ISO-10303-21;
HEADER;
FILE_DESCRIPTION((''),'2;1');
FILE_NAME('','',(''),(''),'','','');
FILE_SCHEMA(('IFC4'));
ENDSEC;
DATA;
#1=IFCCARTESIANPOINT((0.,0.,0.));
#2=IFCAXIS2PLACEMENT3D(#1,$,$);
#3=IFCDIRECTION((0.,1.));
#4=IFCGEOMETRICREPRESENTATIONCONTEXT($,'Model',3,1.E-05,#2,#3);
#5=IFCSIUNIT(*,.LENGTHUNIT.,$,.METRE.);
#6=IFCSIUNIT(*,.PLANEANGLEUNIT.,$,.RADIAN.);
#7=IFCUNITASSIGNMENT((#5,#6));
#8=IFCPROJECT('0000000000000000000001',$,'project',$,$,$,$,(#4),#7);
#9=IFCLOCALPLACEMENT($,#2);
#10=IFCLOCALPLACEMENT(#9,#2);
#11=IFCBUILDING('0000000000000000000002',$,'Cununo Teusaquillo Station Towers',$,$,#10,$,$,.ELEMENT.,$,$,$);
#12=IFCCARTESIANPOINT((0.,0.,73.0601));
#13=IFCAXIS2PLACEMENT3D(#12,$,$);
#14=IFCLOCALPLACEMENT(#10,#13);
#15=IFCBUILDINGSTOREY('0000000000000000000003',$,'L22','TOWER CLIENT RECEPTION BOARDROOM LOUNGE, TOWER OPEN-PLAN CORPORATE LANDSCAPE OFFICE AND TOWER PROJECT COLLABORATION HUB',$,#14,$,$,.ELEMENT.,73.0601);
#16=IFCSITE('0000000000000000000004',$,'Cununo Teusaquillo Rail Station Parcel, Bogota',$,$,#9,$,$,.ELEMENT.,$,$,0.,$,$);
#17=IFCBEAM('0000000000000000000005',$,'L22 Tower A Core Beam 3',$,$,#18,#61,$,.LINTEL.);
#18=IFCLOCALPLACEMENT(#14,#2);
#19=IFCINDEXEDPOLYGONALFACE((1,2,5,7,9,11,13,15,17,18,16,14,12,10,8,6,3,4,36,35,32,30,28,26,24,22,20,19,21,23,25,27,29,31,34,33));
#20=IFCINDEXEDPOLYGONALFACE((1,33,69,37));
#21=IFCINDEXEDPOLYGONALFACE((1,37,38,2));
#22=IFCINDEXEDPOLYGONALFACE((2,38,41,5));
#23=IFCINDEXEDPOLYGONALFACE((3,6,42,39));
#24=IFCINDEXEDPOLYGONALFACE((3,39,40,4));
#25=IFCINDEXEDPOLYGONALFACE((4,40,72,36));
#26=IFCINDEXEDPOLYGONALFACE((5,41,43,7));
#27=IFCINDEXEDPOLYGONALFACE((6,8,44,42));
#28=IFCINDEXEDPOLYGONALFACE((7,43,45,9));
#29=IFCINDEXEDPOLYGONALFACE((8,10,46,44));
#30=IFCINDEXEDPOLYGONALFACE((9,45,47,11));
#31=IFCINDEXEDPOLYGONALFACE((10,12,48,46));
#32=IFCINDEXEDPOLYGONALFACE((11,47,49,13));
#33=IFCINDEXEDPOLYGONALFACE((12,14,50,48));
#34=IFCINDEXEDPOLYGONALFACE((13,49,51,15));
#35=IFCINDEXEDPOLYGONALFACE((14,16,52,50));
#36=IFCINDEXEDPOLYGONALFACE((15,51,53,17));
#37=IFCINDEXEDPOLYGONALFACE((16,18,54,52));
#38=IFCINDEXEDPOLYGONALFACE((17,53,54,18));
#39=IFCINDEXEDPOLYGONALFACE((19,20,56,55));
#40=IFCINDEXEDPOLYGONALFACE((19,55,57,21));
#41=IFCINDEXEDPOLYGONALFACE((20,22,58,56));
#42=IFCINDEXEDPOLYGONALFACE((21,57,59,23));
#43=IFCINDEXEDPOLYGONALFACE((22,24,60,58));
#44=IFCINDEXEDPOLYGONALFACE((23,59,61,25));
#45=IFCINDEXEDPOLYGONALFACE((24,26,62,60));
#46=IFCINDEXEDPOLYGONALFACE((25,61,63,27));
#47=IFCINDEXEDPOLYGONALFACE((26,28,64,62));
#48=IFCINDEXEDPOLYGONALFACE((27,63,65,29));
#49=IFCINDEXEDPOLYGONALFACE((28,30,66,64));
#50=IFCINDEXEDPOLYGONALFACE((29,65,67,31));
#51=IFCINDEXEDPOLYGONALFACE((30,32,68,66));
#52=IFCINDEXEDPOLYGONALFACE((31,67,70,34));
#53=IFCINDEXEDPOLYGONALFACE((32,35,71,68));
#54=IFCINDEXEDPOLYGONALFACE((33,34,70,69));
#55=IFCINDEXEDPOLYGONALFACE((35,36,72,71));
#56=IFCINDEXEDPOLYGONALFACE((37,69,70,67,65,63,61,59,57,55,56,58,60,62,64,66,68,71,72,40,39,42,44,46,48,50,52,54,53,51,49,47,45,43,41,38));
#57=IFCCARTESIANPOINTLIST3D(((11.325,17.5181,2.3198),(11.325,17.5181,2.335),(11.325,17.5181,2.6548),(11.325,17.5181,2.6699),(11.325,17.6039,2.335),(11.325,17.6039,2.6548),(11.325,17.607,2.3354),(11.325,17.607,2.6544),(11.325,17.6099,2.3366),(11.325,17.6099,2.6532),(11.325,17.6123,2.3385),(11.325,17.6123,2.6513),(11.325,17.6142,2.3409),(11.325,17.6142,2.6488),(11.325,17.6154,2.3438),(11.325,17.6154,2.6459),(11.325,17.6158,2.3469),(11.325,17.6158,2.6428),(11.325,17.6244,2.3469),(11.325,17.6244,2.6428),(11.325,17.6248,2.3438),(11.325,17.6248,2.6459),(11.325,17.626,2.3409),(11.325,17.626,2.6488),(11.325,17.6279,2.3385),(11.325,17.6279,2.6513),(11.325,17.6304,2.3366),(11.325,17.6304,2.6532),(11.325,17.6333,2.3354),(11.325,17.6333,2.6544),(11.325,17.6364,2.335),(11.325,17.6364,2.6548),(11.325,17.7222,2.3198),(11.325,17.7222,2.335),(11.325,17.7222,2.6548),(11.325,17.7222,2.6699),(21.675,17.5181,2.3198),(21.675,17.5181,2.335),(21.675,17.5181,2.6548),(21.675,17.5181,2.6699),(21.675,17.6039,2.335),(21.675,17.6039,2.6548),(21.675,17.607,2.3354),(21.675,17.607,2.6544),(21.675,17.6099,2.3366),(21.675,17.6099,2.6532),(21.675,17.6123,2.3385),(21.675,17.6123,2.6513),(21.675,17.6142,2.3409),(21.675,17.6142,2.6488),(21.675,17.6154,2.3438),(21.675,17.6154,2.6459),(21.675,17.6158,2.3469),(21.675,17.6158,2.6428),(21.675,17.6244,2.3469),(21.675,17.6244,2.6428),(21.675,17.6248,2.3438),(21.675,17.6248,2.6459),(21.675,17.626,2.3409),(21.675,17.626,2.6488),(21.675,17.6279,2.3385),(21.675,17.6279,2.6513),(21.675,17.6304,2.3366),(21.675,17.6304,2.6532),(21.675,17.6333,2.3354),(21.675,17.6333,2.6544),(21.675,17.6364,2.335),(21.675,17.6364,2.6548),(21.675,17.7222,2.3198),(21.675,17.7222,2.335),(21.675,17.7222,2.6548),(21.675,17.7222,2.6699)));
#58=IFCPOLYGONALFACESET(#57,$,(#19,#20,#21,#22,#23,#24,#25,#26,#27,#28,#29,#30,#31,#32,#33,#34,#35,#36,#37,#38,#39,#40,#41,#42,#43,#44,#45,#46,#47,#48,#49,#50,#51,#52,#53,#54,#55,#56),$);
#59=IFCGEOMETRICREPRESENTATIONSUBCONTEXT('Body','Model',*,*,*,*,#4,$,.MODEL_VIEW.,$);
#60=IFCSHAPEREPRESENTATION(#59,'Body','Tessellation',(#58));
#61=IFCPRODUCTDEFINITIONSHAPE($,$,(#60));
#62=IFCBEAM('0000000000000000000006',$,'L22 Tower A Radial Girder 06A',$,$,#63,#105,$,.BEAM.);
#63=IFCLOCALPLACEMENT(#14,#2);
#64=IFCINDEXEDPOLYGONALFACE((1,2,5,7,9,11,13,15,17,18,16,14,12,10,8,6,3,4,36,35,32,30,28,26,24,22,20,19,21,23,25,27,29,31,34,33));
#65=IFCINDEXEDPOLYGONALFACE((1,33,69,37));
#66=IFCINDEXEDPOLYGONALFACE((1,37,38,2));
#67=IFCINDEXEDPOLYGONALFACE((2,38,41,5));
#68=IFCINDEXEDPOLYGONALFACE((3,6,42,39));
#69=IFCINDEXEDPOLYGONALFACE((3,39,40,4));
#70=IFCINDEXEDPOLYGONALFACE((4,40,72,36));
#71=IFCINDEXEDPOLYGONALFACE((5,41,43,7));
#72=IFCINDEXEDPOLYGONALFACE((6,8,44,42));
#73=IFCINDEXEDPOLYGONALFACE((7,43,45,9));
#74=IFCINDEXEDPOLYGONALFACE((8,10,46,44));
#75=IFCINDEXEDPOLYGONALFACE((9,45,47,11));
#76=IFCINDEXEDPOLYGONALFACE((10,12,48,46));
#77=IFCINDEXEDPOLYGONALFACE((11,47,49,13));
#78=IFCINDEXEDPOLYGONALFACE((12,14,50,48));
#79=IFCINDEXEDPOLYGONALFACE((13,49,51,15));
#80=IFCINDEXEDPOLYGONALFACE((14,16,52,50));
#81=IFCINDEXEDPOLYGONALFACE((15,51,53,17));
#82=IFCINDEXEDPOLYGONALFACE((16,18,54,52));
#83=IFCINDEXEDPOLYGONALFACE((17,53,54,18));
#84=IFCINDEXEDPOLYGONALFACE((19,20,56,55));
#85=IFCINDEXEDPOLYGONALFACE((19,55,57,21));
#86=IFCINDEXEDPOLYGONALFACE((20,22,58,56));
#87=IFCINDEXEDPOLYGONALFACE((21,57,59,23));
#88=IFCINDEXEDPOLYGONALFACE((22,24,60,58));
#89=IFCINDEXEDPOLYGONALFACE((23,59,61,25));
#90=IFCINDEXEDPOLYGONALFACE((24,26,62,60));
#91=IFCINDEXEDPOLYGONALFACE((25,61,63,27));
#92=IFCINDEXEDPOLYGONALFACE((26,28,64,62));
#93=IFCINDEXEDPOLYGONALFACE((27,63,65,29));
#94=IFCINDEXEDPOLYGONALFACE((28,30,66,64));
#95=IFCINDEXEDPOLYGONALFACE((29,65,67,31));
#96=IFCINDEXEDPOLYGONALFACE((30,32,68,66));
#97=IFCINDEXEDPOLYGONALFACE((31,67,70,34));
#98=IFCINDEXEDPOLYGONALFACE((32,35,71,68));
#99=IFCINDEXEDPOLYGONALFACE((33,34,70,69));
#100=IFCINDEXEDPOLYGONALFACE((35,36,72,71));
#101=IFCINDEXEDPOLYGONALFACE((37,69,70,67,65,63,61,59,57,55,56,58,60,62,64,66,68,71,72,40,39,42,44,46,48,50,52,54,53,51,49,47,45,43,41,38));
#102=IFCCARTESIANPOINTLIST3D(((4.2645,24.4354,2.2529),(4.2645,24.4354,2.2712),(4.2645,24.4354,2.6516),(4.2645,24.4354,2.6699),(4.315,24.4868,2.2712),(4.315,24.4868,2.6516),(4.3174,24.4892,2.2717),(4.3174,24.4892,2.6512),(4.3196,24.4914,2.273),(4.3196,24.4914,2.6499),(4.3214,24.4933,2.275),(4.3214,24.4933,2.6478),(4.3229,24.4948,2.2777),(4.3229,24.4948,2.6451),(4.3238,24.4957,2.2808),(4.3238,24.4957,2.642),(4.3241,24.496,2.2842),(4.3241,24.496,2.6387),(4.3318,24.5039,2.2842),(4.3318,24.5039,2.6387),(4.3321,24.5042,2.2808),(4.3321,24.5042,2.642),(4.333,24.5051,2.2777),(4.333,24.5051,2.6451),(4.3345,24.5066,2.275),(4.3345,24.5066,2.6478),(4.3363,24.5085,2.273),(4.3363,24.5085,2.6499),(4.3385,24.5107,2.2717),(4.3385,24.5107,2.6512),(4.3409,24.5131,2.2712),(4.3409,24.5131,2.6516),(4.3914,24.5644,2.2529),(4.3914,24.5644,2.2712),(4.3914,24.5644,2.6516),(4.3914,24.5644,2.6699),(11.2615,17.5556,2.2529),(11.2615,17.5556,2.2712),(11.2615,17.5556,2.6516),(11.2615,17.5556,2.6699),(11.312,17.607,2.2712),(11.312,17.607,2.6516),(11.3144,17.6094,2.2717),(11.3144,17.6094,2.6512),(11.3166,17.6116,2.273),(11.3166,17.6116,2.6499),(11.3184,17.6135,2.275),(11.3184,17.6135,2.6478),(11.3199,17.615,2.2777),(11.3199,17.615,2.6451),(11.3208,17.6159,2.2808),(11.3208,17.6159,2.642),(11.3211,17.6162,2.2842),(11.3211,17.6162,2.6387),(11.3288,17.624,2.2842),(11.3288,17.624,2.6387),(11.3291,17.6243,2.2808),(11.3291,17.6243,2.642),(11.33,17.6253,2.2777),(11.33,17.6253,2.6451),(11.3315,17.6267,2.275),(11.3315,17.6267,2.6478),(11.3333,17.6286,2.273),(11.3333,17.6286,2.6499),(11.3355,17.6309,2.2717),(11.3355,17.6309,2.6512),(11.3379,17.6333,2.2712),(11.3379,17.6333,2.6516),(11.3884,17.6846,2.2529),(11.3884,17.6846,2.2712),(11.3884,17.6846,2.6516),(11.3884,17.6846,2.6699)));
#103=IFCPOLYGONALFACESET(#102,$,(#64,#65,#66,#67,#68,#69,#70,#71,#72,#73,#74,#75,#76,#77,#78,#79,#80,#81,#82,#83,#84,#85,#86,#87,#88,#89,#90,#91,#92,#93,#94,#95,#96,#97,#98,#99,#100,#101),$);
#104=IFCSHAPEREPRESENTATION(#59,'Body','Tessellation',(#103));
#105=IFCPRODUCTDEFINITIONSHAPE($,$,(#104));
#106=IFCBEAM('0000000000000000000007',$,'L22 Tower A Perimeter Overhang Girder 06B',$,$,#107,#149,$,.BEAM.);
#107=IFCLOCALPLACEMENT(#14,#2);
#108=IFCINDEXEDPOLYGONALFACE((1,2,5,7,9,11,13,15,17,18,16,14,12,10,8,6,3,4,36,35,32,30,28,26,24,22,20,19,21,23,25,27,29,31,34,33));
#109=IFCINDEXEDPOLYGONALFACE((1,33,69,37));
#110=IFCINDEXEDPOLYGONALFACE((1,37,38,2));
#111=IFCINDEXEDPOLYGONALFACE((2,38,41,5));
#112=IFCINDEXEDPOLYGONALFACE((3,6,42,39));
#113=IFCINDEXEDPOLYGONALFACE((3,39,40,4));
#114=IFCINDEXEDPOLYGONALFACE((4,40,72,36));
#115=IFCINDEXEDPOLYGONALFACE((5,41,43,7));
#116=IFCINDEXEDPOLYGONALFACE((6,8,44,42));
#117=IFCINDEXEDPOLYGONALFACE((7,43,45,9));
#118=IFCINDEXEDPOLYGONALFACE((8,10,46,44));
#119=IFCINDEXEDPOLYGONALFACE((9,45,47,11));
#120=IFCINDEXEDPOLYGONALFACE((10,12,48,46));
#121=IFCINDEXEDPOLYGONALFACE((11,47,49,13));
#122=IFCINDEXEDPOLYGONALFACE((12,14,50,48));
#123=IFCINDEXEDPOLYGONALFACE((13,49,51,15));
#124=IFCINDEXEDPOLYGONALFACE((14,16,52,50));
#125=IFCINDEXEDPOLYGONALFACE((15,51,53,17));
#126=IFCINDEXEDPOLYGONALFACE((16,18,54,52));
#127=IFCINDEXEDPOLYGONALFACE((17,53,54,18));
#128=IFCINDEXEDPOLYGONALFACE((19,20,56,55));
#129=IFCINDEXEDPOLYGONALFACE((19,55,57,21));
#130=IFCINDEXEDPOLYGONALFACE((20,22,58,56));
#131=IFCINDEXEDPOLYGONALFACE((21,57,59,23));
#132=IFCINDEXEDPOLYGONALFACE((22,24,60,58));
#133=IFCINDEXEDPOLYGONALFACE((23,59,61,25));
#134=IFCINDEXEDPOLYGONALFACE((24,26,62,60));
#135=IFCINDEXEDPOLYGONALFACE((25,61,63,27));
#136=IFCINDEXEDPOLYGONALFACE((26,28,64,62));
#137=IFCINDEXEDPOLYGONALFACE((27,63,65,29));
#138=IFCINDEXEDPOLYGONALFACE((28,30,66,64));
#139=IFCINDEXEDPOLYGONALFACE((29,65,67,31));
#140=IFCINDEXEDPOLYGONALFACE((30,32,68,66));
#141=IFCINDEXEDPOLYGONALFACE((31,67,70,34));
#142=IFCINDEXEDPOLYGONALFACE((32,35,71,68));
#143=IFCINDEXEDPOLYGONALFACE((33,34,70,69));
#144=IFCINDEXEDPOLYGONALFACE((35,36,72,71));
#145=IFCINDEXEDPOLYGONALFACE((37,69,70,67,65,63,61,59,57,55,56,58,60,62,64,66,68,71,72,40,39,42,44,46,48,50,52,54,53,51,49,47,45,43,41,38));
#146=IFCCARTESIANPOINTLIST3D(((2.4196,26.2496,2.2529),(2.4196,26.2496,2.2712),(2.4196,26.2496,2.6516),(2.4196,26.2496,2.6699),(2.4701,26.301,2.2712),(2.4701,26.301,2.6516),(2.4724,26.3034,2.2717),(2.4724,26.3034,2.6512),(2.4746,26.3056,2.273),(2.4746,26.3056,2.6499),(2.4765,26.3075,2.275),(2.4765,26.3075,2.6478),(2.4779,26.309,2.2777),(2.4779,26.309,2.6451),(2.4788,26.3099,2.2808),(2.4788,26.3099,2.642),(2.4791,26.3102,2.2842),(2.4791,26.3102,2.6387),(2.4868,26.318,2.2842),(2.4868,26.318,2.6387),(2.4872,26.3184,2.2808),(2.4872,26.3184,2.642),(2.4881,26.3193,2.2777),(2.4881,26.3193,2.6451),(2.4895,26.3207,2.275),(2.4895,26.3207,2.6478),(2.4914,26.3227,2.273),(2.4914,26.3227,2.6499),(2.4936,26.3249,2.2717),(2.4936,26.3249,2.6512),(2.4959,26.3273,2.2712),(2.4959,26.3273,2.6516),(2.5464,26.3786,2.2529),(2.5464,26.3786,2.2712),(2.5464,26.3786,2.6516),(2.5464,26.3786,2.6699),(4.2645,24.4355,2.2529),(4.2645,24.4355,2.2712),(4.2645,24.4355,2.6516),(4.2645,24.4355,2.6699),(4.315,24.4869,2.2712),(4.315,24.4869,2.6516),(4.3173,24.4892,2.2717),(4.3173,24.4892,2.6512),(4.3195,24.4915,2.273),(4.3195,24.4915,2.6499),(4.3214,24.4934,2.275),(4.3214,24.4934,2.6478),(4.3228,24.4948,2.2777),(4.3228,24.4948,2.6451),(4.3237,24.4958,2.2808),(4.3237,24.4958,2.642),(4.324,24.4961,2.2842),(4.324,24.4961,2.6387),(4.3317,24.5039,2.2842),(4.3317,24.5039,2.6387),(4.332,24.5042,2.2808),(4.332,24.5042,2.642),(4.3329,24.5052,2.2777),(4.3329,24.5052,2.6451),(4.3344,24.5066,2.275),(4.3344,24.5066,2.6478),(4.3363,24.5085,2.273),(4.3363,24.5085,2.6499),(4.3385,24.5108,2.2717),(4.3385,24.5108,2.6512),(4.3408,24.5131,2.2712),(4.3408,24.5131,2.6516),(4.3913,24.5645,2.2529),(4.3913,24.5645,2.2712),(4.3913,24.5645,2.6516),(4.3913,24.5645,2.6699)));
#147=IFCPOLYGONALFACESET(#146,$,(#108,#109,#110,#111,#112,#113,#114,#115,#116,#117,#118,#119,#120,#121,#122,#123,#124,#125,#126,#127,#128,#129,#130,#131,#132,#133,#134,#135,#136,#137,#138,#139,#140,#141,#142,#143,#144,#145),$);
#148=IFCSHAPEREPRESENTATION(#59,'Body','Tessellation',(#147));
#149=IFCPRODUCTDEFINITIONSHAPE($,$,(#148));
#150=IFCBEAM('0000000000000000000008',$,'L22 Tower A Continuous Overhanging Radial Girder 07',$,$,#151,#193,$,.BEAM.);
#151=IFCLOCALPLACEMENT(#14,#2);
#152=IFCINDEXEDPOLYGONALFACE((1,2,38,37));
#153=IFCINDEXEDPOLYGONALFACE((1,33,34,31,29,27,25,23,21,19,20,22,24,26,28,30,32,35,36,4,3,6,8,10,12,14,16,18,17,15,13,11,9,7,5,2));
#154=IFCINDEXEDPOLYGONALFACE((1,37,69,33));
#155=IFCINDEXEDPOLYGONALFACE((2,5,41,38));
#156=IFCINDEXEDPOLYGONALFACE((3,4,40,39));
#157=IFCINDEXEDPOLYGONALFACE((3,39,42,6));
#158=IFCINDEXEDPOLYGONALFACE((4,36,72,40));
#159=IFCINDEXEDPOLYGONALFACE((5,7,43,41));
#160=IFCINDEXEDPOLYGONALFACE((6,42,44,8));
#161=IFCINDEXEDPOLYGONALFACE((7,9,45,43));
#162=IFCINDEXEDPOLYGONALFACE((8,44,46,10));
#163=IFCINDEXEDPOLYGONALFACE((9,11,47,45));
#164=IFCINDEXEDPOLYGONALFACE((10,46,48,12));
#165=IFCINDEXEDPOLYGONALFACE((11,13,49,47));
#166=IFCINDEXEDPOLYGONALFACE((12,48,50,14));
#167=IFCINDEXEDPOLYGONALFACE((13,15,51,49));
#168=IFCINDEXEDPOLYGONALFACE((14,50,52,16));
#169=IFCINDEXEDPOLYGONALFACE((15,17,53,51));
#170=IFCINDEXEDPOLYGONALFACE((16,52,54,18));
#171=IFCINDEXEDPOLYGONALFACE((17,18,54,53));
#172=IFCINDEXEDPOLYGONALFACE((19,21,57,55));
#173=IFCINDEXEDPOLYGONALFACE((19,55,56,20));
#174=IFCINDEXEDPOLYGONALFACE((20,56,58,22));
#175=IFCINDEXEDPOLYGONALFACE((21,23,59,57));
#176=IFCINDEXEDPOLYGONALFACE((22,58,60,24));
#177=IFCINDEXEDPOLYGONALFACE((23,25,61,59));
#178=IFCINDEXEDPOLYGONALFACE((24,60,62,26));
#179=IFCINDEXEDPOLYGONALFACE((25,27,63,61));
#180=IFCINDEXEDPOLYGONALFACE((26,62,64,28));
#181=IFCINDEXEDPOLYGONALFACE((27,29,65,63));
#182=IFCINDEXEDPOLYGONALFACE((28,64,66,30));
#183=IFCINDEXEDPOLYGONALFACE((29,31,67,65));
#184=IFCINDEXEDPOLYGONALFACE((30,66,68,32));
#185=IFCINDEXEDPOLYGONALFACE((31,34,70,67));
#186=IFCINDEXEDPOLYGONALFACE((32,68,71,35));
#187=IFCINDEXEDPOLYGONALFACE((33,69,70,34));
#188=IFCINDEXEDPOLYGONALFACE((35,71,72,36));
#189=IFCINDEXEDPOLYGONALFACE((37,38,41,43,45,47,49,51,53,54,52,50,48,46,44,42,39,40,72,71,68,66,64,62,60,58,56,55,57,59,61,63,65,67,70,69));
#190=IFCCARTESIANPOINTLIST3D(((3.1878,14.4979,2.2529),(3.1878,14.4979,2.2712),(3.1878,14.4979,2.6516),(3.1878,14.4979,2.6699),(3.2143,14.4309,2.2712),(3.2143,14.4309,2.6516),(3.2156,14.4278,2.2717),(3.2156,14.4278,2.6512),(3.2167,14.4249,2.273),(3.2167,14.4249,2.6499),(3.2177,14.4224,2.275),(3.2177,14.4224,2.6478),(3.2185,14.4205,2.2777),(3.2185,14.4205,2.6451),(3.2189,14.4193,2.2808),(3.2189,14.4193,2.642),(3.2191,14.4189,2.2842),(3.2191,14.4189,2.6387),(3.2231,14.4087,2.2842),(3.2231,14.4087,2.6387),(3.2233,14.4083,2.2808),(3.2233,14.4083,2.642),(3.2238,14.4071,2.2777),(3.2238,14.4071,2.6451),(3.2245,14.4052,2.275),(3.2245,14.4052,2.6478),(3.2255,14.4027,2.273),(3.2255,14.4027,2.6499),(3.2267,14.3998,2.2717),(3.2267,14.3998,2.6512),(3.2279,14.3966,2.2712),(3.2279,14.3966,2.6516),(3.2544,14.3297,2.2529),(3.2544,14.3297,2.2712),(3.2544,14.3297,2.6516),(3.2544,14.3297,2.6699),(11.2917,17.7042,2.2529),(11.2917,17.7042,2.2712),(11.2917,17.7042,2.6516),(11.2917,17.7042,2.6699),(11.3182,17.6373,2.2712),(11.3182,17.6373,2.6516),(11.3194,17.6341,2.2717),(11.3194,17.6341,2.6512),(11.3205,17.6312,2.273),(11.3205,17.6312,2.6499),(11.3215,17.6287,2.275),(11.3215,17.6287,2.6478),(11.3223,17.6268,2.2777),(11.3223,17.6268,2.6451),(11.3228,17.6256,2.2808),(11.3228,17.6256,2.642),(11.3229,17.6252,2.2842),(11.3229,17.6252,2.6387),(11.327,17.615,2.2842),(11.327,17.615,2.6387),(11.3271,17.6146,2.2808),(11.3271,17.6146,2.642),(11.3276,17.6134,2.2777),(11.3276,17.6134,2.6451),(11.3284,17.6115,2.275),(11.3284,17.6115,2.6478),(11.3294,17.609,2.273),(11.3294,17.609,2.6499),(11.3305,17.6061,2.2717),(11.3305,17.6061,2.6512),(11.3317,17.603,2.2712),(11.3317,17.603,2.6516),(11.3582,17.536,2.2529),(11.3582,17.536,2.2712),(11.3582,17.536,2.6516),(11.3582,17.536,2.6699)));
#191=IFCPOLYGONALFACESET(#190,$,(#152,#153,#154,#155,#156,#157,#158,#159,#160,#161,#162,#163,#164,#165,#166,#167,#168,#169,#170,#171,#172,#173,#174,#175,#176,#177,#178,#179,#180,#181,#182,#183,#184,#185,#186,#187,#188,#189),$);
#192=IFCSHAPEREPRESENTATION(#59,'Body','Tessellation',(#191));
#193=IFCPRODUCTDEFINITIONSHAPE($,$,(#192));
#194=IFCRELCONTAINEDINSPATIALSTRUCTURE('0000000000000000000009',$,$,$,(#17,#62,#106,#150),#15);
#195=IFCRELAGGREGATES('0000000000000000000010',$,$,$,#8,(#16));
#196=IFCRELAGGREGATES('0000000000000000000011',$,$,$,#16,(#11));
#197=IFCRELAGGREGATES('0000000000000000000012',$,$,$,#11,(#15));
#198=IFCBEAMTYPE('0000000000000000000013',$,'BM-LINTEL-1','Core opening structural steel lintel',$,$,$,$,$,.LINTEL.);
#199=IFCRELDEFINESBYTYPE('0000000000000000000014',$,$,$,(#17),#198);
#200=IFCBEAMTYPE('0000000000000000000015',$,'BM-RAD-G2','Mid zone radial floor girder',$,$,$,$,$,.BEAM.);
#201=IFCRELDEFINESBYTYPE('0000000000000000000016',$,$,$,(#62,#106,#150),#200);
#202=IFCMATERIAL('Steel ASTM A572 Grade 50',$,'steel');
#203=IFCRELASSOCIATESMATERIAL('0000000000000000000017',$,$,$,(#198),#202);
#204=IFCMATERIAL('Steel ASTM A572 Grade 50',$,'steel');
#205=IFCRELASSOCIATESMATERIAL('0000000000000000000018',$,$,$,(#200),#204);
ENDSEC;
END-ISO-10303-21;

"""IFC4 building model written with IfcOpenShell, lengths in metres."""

from ifc_helpers import new_model, si_unit, direction, frame, origin, origin_2d, place, context, subcontext, project, spatial, i_section, extrude, material, material_profile, profile_set, type_object, element, save


model = new_model("IFC4")

# Units and contexts
model_context = context("Model", 3, precision=1e-05, world=origin(), true_north=direction((0.0, 1.0)))
body_context = subcontext(model_context, "Body", "Model", "MODEL_VIEW")
ifc_project = project(units=[si_unit("LENGTHUNIT", "METRE"), si_unit("PLANEANGLEUNIT", "RADIAN")], contexts=[model_context])

# Site, building, storey
site_placement = place(None, origin())
site = spatial("IfcSite", under=ifc_project, at=site_placement, Name="Cununo Teusaquillo Rail Station Parcel, Bogota", CompositionType="ELEMENT", RefElevation=0.0)
building_placement = place(site_placement, origin())
building = spatial("IfcBuilding", under=site, at=building_placement, Name="Cununo Teusaquillo Station Towers", CompositionType="ELEMENT")
storey_placement = place(building_placement, frame((0.0, 0.0, 73.0601)))
storey = spatial("IfcBuildingStorey", under=building, at=storey_placement, Name="L22", Description="TOWER CLIENT RECEPTION BOARDROOM LOUNGE, TOWER OPEN-PLAN CORPORATE LANDSCAPE OFFICE AND TOWER PROJECT COLLABORATION HUB", CompositionType="ELEMENT", Elevation=73.0601)

# Beams
ifc_material_1 = material(Name="Steel ASTM A572 Grade 50", Category="steel")
ifc_material_profile_1 = material_profile(ifc_material_1, i_section(OverallWidth=0.2041, OverallDepth=0.3501, WebThickness=0.0085, FlangeThickness=0.0151, FilletRadius=0.012, at=origin_2d()), Name="W14X48")
ifc_profile_set_1 = profile_set([ifc_material_profile_1], Name="Steel ASTM A572 Grade 50")
beam_type_1 = type_object("IfcBeamType", Name="BM-LINTEL-1", Description="Core opening structural steel lintel", PredefinedType="LINTEL", material=ifc_profile_set_1)
beam_1_placement = place(storey_placement, frame((11.325, 17.6201, 2.4949), z_axis=(1.0, 0.0, 0.0), x_axis=(0.0, 1.0, 0.0)))
element("IfcBeam", 1, at=beam_1_placement, inside=storey, type_object=beam_type_1, Name="L22 Tower A Core Beam 3", PredefinedType="LINTEL", context=body_context, shape_type="SweptSolid", body=[
    extrude(i_section(OverallWidth=0.2041, OverallDepth=0.3501, WebThickness=0.0085, FlangeThickness=0.0151, FilletRadius=0.012, at=origin_2d()), origin(), (0.0, 0.0, 1.0), 10.3501),
])
ifc_material_2 = material(Name="Steel ASTM A572 Grade 50", Category="steel")
ifc_material_profile_2 = material_profile(ifc_material_2, i_section(OverallWidth=0.1809, OverallDepth=0.417, WebThickness=0.011, FlangeThickness=0.0183, FilletRadius=0.0129, at=origin_2d()), Name="W16X57")
ifc_profile_set_2 = profile_set([ifc_material_profile_2], Name="Steel ASTM A572 Grade 50")
beam_type_2 = type_object("IfcBeamType", Name="BM-RAD-G2", Description="Mid zone radial floor girder", PredefinedType="BEAM", material=ifc_profile_set_2)
beam_2_placement = place(storey_placement, frame((11.325, 17.6201, 2.4614), z_axis=(-0.713053, 0.70111, 0.0), x_axis=(-0.70111, -0.713053, 0.0)))
element("IfcBeam", 2, at=beam_2_placement, inside=storey, type_object=beam_type_2, Name="L22 Tower A Radial Girder 06A", PredefinedType="BEAM", context=body_context, shape_type="SweptSolid", body=[
    extrude(i_section(OverallWidth=0.1809, OverallDepth=0.417, WebThickness=0.011, FlangeThickness=0.0183, FilletRadius=0.0129, at=origin_2d()), origin(), (0.0, 0.0, 1.0), 9.8127),
])
beam_3_placement = place(storey_placement, frame((4.3279, 24.5, 2.4614), z_axis=(-0.713026, 0.701138, 0.0), x_axis=(-0.701138, -0.713026, 0.0)))
element("IfcBeam", 3, at=beam_3_placement, inside=storey, type_object=beam_type_2, Name="L22 Tower A Perimeter Overhang Girder 06B", PredefinedType="BEAM", context=body_context, shape_type="SweptSolid", body=[
    extrude(i_section(OverallWidth=0.1809, OverallDepth=0.417, WebThickness=0.011, FlangeThickness=0.0183, FilletRadius=0.0129, at=origin_2d()), origin(), (0.0, 0.0, 1.0), 2.5874),
])
beam_4_placement = place(storey_placement, frame((11.325, 17.6201, 2.4614), z_axis=(-0.929863, -0.367906, 0.0), x_axis=(0.367906, -0.929863, 0.0)))
element("IfcBeam", 4, at=beam_4_placement, inside=storey, type_object=beam_type_2, Name="L22 Tower A Continuous Overhanging Radial Girder 07", PredefinedType="BEAM", context=body_context, shape_type="SweptSolid", body=[
    extrude(i_section(OverallWidth=0.1809, OverallDepth=0.417, WebThickness=0.011, FlangeThickness=0.0183, FilletRadius=0.0129, at=origin_2d()), origin(), (0.0, 0.0, 1.0), 8.7151),
])

save(model, "model.ifc")
